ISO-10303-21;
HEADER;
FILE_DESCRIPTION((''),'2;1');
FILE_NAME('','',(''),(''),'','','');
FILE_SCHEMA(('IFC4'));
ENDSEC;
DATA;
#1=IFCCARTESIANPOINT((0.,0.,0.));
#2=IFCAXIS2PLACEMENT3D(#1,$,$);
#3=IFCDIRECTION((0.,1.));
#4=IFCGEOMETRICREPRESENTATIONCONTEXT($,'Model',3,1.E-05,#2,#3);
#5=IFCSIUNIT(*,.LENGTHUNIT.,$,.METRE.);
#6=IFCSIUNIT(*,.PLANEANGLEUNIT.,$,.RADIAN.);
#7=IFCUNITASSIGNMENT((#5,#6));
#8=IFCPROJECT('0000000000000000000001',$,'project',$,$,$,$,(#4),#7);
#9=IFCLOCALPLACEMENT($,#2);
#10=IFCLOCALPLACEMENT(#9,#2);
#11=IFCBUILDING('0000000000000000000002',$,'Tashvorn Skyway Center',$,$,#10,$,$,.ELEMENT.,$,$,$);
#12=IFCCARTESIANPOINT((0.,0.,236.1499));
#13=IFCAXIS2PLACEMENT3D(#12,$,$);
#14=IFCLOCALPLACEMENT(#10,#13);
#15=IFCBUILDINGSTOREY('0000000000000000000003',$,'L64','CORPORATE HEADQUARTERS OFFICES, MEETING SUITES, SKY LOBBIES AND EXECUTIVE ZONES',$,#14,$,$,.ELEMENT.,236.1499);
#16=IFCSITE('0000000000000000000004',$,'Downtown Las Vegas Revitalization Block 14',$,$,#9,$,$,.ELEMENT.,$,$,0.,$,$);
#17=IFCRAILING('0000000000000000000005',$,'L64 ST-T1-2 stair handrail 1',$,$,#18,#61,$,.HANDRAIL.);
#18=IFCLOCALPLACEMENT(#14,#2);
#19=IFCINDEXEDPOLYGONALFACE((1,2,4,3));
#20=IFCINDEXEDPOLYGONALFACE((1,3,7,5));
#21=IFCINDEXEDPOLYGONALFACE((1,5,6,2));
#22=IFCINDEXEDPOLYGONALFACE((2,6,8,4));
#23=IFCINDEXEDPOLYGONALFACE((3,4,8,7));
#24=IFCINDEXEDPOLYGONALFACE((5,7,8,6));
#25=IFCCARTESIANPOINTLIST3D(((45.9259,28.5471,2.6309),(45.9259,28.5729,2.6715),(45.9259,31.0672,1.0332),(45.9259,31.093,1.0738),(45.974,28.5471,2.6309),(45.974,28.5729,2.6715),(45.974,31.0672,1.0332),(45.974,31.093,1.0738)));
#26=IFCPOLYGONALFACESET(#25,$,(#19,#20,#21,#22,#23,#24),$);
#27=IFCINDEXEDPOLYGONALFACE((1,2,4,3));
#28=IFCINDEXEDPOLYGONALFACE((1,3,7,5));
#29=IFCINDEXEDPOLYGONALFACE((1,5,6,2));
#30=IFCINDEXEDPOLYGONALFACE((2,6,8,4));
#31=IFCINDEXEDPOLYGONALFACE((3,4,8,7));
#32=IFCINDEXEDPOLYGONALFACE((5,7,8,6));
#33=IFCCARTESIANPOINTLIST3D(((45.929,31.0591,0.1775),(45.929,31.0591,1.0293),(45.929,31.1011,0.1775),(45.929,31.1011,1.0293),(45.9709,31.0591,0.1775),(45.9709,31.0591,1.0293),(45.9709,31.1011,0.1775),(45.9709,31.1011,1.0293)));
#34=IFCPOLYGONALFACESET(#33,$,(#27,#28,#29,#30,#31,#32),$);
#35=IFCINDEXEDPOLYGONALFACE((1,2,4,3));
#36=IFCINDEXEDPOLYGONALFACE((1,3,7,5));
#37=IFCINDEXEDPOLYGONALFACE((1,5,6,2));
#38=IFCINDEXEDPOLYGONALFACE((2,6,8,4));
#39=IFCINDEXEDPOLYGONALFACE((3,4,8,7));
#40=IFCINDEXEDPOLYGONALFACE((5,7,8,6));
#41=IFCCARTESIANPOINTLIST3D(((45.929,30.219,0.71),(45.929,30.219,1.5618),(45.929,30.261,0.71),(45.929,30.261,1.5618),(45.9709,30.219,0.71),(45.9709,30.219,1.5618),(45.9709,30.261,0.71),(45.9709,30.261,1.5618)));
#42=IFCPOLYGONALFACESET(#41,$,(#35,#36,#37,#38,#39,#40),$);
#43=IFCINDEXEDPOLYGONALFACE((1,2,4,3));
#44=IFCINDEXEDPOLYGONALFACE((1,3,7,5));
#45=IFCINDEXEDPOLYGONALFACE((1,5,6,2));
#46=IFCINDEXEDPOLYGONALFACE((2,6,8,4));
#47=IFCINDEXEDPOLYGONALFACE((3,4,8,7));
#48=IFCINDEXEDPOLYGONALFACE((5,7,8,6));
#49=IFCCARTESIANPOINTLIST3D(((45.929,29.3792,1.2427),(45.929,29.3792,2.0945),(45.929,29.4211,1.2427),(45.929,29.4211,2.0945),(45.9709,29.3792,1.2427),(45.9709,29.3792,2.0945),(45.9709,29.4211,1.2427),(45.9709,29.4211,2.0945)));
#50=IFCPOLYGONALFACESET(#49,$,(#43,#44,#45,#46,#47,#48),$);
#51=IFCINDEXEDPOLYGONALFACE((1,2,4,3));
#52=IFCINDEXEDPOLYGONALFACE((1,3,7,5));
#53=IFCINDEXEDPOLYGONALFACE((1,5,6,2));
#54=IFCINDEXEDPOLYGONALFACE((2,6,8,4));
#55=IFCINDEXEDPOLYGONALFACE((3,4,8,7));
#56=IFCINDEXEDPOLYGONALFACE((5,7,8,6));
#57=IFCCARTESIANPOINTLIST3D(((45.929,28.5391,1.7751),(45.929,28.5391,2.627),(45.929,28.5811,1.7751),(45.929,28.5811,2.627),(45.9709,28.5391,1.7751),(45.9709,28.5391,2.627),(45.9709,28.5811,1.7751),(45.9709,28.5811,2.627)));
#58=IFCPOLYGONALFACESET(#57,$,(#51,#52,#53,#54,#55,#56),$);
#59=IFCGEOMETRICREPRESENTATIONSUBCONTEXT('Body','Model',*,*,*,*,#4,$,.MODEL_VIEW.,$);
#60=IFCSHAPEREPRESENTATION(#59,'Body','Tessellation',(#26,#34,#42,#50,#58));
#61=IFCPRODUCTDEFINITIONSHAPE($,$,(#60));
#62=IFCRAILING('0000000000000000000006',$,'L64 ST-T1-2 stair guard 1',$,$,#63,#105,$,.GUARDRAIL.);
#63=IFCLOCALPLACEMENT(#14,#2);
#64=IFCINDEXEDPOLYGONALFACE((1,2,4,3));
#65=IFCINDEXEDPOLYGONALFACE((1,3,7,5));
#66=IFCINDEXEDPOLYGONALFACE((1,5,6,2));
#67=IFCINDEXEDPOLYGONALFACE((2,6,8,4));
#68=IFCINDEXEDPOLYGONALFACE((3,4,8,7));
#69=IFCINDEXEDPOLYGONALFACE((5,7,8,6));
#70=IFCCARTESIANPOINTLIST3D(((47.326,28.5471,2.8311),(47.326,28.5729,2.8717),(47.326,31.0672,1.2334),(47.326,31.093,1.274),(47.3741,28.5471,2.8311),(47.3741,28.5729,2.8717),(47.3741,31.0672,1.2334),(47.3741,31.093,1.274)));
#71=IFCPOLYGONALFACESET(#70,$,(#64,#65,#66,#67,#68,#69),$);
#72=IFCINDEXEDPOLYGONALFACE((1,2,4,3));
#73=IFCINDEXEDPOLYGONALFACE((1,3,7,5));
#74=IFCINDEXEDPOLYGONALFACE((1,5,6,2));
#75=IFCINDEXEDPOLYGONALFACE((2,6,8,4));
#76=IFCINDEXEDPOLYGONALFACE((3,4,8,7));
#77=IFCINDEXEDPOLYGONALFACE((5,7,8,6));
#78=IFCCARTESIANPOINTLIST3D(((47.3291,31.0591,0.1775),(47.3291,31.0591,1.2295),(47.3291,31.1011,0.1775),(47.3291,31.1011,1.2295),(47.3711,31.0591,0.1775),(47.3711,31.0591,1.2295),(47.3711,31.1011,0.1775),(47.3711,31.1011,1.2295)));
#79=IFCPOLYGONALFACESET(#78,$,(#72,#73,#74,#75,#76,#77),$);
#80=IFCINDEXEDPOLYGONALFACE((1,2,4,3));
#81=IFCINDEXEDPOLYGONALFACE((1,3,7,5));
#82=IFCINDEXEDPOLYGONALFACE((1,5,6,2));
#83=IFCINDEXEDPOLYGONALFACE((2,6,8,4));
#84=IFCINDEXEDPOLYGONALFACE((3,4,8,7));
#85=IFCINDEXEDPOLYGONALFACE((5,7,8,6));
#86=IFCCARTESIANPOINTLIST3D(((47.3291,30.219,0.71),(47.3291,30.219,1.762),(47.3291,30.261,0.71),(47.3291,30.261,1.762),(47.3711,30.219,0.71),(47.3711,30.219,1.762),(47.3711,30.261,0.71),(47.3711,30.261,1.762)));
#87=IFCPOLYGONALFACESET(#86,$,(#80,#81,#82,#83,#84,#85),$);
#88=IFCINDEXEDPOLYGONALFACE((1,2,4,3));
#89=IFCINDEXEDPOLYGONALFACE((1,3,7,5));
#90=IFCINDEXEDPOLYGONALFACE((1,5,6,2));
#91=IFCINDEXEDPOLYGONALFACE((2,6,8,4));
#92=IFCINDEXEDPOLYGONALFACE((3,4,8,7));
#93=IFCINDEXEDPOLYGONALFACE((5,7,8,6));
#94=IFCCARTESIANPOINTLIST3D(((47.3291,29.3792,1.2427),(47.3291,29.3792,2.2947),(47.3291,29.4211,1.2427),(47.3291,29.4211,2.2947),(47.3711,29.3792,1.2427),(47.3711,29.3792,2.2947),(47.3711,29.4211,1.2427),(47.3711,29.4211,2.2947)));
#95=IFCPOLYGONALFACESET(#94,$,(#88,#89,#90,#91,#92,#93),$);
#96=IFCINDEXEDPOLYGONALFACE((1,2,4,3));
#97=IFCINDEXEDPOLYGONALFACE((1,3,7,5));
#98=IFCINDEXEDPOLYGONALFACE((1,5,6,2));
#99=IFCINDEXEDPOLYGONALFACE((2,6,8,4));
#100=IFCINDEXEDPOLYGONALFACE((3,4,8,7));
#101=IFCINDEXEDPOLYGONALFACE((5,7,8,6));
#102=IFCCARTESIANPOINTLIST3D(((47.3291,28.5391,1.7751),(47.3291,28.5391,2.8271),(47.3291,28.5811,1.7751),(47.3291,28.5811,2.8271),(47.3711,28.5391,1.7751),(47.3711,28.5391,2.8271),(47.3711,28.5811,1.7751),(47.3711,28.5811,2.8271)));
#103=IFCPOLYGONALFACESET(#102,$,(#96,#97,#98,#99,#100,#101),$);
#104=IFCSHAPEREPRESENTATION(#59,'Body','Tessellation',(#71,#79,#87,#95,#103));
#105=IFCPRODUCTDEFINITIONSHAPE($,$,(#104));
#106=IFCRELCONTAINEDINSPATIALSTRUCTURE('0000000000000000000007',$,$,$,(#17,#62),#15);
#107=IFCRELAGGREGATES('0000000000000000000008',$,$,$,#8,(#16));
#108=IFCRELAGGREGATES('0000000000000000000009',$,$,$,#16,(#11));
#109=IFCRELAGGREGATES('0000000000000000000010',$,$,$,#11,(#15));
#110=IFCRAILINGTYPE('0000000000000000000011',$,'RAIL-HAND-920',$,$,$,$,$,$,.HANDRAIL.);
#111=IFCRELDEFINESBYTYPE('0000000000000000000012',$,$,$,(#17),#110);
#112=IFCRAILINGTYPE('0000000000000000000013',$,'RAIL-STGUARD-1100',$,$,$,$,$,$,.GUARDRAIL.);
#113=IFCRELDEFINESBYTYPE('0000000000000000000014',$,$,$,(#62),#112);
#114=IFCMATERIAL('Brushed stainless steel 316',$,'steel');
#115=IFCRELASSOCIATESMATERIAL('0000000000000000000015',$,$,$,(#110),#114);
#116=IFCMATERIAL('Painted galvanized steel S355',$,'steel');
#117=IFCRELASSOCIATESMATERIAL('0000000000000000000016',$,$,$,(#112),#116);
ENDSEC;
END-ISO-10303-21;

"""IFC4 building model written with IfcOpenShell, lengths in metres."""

from ifc_helpers import new_model, si_unit, direction, frame, origin, origin_2d, place, context, subcontext, project, spatial, rectangle, extrude, material, type_object, element, save


model = new_model("IFC4")

# Units and contexts
model_context = context("Model", 3, precision=1e-05, world=origin(), true_north=direction((0.0, 1.0)))
body_context = subcontext(model_context, "Body", "Model", "MODEL_VIEW")
ifc_project = project(units=[si_unit("LENGTHUNIT", "METRE"), si_unit("PLANEANGLEUNIT", "RADIAN")], contexts=[model_context])

# Site, building, storey
site_placement = place(None, origin())
site = spatial("IfcSite", under=ifc_project, at=site_placement, Name="Downtown Las Vegas Revitalization Block 14", CompositionType="ELEMENT", RefElevation=0.0)
building_placement = place(site_placement, origin())
building = spatial("IfcBuilding", under=site, at=building_placement, Name="Tashvorn Skyway Center", CompositionType="ELEMENT")
storey_placement = place(building_placement, frame((0.0, 0.0, 236.1499)))
storey = spatial("IfcBuildingStorey", under=building, at=storey_placement, Name="L64", Description="CORPORATE HEADQUARTERS OFFICES, MEETING SUITES, SKY LOBBIES AND EXECUTIVE ZONES", CompositionType="ELEMENT", Elevation=236.1499)

# Railings
ifc_material_1 = material(Name="Brushed stainless steel 316", Category="steel")
railing_type_1 = type_object("IfcRailingType", Name="RAIL-HAND-920", PredefinedType="HANDRAIL", material=ifc_material_1)
railing_1_placement = place(storey_placement, frame((45.95, 31.0801, 0.1775)))
element("IfcRailing", 1, at=railing_1_placement, inside=storey, type_object=railing_type_1, Name="L64 ST-T1-2 stair handrail 1", PredefinedType="HANDRAIL", context=body_context, shape_type="SweptSolid", body=[
    extrude(rectangle(XDim=0.0481, YDim=0.0481, at=origin_2d()), frame((0.0, 0.0, 0.876), z_axis=(0.0, -0.84457, 0.535445), x_axis=(1.0, 0.0, 0.0)), (0.0, 0.0, 1.0), 2.9839),
    extrude(rectangle(XDim=0.042, YDim=0.042, at=origin_2d()), origin(), (0.0, 0.0, 1.0), 0.8518),
    extrude(rectangle(XDim=0.042, YDim=0.042, at=origin_2d()), frame((0.0, -0.8401, 0.5325)), (0.0, 0.0, 1.0), 0.8518),
    extrude(rectangle(XDim=0.042, YDim=0.042, at=origin_2d()), frame((0.0, -1.6799, 1.0652)), (0.0, 0.0, 1.0), 0.8518),
    extrude(rectangle(XDim=0.042, YDim=0.042, at=origin_2d()), frame((0.0, -2.52, 1.5977)), (0.0, 0.0, 1.0), 0.8518),
])
ifc_material_2 = material(Name="Painted galvanized steel S355", Category="steel")
railing_type_2 = type_object("IfcRailingType", Name="RAIL-STGUARD-1100", PredefinedType="GUARDRAIL", material=ifc_material_2)
railing_2_placement = place(storey_placement, frame((47.3501, 31.0801, 0.1775)))
element("IfcRailing", 2, at=railing_2_placement, inside=storey, type_object=railing_type_2, Name="L64 ST-T1-2 stair guard 1", PredefinedType="GUARDRAIL", context=body_context, shape_type="SweptSolid", body=[
    extrude(rectangle(XDim=0.0481, YDim=0.0481, at=origin_2d()), frame((0.0, 0.0, 1.0762), z_axis=(0.0, -0.84457, 0.535445), x_axis=(1.0, 0.0, 0.0)), (0.0, 0.0, 1.0), 2.9839),
    extrude(rectangle(XDim=0.042, YDim=0.042, at=origin_2d()), origin(), (0.0, 0.0, 1.0), 1.052),
    extrude(rectangle(XDim=0.042, YDim=0.042, at=origin_2d()), frame((0.0, -0.8401, 0.5325)), (0.0, 0.0, 1.0), 1.052),
    extrude(rectangle(XDim=0.042, YDim=0.042, at=origin_2d()), frame((0.0, -1.6799, 1.0652)), (0.0, 0.0, 1.0), 1.052),
    extrude(rectangle(XDim=0.042, YDim=0.042, at=origin_2d()), frame((0.0, -2.52, 1.5977)), (0.0, 0.0, 1.0), 1.052),
])

save(model, "model.ifc")
